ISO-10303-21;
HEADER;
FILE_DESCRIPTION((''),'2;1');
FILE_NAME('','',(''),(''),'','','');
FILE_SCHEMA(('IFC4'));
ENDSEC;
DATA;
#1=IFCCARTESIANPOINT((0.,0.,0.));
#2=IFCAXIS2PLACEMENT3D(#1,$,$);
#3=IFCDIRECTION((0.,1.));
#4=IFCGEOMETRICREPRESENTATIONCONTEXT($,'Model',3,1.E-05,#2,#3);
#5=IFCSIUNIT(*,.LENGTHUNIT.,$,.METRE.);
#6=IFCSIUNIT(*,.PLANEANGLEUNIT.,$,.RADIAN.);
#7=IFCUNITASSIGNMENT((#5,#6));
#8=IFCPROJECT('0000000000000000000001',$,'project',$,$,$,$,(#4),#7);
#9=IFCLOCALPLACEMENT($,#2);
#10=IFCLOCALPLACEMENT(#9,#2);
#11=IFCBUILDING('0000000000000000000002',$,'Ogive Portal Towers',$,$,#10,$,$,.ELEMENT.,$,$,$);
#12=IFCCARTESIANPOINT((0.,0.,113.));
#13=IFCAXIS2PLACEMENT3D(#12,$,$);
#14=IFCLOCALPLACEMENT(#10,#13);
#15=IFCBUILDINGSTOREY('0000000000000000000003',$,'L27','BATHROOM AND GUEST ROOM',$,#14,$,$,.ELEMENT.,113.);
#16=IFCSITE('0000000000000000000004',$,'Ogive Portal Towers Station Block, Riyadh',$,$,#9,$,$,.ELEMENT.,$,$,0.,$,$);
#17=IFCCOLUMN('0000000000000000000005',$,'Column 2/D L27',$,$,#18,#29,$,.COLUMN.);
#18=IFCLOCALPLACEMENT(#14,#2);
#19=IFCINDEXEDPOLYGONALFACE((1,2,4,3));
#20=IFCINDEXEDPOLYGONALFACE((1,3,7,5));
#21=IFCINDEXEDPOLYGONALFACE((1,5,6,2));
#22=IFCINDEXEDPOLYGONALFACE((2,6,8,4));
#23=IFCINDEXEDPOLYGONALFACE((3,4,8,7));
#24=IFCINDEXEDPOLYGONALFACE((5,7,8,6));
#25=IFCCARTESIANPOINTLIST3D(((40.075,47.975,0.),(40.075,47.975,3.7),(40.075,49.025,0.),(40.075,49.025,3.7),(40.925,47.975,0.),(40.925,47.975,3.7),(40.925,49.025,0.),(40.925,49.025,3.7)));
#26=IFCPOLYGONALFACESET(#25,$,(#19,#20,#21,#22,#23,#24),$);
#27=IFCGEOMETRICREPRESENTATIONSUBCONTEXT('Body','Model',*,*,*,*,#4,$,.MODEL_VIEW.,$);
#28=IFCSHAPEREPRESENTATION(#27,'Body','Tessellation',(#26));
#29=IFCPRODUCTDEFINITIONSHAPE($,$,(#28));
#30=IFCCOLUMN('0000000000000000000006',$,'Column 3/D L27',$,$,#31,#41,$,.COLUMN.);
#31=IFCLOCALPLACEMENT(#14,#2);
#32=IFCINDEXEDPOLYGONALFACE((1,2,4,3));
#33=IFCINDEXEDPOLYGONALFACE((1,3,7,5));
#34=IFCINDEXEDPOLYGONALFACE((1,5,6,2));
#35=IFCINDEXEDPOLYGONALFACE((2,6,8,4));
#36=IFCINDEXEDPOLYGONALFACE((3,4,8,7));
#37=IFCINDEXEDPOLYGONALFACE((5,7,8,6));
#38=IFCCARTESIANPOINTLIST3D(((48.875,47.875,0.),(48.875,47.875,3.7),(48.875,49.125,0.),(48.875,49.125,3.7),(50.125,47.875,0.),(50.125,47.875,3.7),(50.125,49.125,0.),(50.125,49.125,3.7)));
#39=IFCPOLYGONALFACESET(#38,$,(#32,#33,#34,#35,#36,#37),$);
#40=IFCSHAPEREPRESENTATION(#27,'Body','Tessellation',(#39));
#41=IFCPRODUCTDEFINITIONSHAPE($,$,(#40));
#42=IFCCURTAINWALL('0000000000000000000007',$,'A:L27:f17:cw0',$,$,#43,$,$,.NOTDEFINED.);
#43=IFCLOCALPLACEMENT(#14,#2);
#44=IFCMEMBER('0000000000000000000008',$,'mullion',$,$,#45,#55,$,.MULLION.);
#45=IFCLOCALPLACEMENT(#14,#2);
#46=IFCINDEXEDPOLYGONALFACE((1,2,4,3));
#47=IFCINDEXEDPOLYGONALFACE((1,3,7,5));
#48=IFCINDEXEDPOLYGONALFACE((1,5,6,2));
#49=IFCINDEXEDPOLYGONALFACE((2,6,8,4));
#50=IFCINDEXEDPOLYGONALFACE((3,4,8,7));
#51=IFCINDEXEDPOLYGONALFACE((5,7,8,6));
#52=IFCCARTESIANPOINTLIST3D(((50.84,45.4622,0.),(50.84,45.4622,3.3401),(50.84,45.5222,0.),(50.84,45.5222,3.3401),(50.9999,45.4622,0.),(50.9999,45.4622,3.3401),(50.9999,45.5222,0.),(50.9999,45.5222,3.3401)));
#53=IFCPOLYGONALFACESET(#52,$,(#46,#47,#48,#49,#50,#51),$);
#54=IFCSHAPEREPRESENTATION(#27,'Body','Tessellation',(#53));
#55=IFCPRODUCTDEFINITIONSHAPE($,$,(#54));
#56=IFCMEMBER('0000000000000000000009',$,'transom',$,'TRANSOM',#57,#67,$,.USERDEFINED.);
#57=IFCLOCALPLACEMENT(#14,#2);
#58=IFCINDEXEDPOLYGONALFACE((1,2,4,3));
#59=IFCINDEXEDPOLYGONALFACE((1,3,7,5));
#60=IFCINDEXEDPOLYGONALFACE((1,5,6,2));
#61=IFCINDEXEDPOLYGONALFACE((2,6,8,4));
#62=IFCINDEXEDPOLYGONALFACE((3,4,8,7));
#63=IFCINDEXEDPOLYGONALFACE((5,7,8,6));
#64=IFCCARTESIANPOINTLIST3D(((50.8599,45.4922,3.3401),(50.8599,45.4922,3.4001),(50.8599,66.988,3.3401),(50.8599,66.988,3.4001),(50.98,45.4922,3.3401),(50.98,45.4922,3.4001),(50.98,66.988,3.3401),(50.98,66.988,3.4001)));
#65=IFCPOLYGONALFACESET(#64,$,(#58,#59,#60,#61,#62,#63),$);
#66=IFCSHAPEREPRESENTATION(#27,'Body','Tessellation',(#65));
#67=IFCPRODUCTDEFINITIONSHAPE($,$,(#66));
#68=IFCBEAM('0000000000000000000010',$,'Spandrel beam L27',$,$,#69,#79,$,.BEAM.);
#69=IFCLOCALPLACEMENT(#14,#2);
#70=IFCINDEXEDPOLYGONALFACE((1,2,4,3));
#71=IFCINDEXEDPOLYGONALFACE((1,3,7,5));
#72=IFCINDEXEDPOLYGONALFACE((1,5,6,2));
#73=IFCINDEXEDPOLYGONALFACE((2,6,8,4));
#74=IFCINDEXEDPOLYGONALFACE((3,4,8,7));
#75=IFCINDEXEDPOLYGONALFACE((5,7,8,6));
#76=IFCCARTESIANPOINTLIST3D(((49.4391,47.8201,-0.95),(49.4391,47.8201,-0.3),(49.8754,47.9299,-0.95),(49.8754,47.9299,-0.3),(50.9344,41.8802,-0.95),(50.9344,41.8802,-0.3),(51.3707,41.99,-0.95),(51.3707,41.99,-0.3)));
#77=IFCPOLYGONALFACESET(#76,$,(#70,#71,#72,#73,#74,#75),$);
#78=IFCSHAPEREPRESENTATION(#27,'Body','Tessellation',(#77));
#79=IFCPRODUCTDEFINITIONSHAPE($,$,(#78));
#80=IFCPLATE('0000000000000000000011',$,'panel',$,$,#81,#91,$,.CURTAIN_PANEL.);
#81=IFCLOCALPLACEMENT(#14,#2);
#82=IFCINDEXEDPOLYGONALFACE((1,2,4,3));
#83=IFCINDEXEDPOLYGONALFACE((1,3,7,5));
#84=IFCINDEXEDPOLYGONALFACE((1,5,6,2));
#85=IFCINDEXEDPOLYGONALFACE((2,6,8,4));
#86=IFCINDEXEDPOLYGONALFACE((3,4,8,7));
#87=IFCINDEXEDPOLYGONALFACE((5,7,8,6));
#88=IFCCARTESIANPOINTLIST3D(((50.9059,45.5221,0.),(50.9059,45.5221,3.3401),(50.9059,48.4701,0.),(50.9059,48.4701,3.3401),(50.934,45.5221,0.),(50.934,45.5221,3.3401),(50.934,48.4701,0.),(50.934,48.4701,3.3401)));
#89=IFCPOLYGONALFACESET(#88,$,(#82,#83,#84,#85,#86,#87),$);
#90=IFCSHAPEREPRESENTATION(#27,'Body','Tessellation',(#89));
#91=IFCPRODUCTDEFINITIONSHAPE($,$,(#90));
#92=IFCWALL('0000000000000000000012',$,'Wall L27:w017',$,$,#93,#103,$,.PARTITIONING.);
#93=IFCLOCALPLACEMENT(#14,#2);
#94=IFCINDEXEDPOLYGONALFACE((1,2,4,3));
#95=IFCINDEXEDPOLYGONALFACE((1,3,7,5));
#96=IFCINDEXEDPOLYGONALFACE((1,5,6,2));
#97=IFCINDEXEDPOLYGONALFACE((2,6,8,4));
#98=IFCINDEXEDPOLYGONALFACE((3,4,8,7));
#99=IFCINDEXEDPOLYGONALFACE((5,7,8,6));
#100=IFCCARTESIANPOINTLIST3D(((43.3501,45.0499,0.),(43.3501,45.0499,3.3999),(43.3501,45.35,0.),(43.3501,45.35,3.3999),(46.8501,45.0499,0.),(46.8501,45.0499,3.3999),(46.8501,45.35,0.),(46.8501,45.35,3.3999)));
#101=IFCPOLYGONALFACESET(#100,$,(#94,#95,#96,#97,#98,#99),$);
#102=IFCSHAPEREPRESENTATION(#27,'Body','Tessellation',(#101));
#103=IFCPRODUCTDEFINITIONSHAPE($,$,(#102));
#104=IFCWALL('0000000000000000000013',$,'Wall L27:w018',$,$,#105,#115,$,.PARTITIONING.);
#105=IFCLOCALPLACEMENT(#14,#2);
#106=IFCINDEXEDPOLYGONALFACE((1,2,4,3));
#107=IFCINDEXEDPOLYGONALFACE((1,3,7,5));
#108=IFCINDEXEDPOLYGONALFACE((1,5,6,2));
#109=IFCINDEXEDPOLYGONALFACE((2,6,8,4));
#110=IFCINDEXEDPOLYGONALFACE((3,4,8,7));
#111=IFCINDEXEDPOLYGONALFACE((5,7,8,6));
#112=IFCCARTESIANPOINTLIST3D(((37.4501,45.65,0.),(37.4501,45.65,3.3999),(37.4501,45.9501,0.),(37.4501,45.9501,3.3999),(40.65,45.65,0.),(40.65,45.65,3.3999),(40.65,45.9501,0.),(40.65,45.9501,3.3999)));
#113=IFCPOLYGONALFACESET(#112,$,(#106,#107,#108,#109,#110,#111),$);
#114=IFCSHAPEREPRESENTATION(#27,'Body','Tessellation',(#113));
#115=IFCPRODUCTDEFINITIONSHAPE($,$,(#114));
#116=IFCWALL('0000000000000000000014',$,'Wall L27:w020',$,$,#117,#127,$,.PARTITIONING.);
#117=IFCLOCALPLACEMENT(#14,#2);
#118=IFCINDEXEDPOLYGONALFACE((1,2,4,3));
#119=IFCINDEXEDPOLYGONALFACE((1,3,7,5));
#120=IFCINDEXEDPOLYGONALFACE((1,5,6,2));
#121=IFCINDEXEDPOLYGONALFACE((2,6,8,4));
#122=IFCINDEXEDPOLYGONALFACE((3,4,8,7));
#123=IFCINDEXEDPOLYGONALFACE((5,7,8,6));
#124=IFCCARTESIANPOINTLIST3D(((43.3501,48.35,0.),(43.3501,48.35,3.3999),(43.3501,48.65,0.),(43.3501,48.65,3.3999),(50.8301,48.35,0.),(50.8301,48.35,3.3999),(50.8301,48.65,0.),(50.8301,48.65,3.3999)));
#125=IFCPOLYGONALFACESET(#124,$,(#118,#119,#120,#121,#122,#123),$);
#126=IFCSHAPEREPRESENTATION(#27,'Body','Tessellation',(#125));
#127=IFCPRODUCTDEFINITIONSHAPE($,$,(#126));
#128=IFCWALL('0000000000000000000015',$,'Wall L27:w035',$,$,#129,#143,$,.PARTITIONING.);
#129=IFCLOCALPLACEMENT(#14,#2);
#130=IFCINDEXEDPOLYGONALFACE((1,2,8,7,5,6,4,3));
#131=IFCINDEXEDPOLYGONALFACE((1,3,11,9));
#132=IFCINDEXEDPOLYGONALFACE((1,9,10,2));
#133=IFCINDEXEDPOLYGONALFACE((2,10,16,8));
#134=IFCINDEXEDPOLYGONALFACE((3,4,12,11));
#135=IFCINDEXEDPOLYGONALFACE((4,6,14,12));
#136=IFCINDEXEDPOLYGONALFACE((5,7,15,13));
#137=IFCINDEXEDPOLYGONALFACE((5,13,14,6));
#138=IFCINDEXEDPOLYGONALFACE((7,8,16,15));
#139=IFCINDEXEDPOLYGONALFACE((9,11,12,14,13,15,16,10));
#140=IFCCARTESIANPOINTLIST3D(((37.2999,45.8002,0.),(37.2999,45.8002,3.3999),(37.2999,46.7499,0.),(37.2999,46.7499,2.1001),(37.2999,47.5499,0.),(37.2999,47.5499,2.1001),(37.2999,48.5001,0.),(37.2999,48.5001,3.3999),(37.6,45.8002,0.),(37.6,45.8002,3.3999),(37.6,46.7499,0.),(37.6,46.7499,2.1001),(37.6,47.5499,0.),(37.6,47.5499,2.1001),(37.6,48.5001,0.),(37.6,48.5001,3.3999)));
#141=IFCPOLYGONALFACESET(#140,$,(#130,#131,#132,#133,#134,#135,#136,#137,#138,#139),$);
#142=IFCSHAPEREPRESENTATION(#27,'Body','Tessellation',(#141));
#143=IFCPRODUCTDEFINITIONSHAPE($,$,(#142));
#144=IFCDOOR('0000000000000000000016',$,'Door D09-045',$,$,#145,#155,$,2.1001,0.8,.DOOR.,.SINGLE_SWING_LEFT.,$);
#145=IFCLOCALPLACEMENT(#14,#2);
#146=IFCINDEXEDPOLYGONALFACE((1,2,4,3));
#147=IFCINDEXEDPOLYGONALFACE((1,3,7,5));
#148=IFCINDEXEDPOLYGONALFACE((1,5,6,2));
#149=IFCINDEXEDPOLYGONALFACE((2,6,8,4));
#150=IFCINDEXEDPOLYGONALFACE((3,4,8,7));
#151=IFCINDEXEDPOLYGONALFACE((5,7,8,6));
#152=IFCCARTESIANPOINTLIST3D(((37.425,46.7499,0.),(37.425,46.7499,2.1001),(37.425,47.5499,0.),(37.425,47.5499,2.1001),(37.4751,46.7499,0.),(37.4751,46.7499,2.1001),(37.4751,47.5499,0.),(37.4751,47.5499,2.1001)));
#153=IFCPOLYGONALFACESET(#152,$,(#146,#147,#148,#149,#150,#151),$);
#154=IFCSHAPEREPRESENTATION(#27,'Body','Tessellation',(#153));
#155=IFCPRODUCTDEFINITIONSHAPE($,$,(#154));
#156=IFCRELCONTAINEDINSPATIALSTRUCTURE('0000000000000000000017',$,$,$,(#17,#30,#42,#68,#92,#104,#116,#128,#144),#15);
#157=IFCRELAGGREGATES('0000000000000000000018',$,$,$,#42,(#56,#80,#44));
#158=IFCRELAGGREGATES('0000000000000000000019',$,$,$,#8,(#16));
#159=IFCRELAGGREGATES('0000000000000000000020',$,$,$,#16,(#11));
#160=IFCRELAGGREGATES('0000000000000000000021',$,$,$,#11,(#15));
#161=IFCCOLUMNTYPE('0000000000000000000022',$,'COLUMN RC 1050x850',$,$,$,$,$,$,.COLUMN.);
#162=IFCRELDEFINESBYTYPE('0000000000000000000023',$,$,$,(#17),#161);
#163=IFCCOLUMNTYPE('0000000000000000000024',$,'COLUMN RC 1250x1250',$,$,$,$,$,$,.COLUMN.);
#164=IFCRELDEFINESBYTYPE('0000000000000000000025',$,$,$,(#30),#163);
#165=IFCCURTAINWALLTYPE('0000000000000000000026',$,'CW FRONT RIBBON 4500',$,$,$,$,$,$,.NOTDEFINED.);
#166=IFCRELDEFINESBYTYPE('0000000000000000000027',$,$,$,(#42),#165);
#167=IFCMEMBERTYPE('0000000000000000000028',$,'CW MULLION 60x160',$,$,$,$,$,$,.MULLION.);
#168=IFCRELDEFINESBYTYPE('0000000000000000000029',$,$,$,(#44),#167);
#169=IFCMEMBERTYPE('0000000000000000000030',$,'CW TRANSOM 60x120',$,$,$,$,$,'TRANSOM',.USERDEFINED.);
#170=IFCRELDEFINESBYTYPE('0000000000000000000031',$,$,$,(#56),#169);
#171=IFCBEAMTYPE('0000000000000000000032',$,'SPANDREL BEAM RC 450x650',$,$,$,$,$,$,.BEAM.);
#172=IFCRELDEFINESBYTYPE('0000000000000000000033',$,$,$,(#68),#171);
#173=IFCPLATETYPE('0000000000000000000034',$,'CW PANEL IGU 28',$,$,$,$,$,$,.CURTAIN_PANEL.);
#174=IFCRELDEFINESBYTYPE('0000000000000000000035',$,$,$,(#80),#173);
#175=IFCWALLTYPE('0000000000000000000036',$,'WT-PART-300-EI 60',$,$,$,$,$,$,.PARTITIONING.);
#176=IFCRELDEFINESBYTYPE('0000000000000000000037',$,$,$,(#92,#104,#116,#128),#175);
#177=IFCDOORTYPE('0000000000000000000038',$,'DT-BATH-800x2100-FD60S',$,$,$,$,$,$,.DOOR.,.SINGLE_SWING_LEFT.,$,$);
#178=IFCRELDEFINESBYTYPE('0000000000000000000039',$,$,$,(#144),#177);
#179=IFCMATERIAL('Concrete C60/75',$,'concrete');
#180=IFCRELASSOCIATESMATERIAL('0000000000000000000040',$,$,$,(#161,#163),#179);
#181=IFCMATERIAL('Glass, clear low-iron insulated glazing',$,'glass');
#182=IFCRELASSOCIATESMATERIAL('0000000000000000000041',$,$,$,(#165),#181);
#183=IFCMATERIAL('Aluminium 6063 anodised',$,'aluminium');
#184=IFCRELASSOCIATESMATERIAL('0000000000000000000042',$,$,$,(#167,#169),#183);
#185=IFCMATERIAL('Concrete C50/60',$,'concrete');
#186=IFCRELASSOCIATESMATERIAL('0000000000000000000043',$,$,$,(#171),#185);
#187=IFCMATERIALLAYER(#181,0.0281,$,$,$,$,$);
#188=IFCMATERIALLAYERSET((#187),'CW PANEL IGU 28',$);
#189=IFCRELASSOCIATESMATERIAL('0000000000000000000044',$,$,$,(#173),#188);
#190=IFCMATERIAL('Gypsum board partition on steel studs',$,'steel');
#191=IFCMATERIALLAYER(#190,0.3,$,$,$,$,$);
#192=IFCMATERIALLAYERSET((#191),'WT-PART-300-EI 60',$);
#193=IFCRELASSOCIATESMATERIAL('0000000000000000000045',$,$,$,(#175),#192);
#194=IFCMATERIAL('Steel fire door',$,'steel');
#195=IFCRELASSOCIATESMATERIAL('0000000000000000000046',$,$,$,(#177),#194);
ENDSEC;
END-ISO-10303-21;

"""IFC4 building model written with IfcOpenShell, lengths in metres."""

from ifc_helpers import new_model, si_unit, direction, frame, frame_2d, origin, origin_2d, place, context, subcontext, project, spatial, rectangle, extrude, material, layer, layer_set, material_profile, profile_set, type_object, element, fill, aggregate, save


model = new_model("IFC4")

# Units and contexts
model_context = context("Model", 3, precision=1e-05, world=origin(), true_north=direction((0.0, 1.0)))
body_context = subcontext(model_context, "Body", "Model", "MODEL_VIEW")
ifc_project = project(units=[si_unit("LENGTHUNIT", "METRE"), si_unit("PLANEANGLEUNIT", "RADIAN")], contexts=[model_context])

# Site, building, storey
site_placement = place(None, origin())
site = spatial("IfcSite", under=ifc_project, at=site_placement, Name="Ogive Portal Towers Station Block, Riyadh", CompositionType="ELEMENT", RefElevation=0.0)
building_placement = place(site_placement, origin())
building = spatial("IfcBuilding", under=site, at=building_placement, Name="Ogive Portal Towers", CompositionType="ELEMENT")
storey_placement = place(building_placement, frame((0.0, 0.0, 113.0)))
storey = spatial("IfcBuildingStorey", under=building, at=storey_placement, Name="L27", Description="BATHROOM AND GUEST ROOM", CompositionType="ELEMENT", Elevation=113.0)

# Columns
ifc_material_1 = material(Name="Concrete C60/75", Category="concrete")
ifc_material_profile_1 = material_profile(ifc_material_1, rectangle(XDim=1.05, YDim=0.8501, at=origin_2d()), Name="RC 1050x850")
ifc_profile_set_1 = profile_set([ifc_material_profile_1], Name="Concrete C60/75")
column_type_1 = type_object("IfcColumnType", Name="COLUMN RC 1050x850", PredefinedType="COLUMN", material=ifc_profile_set_1)
column_1_placement = place(storey_placement, frame((40.5, 48.5, 0.0), z_axis=(0.0, 0.0, 1.0), x_axis=(0.0, 1.0, 0.0)))
element("IfcColumn", 1, at=column_1_placement, inside=storey, type_object=column_type_1, Name="Column 2/D L27", PredefinedType="COLUMN", context=body_context, shape_type="SweptSolid", body=[
    extrude(rectangle(XDim=1.05, YDim=0.8501, at=origin_2d()), origin(), (0.0, 0.0, 1.0), 3.7),
])
ifc_material_profile_2 = material_profile(ifc_material_1, rectangle(XDim=1.25, YDim=1.25, at=origin_2d()), Name="RC 1250x1250")
ifc_profile_set_2 = profile_set([ifc_material_profile_2], Name="Concrete C60/75")
column_type_2 = type_object("IfcColumnType", Name="COLUMN RC 1250x1250", PredefinedType="COLUMN", material=ifc_profile_set_2)
column_2_placement = place(storey_placement, frame((49.5, 48.5, 0.0), z_axis=(0.0, 0.0, 1.0), x_axis=(1.0, 0.0, 0.0)))
element("IfcColumn", 2, at=column_2_placement, inside=storey, type_object=column_type_2, Name="Column 3/D L27", PredefinedType="COLUMN", context=body_context, shape_type="SweptSolid", body=[
    extrude(rectangle(XDim=1.25, YDim=1.25, at=origin_2d()), origin(), (0.0, 0.0, 1.0), 3.7),
])

# Curtain wall, members
ifc_material_2 = material(Name="Glass, clear low-iron insulated glazing", Category="glass")
curtain_wall_type = type_object("IfcCurtainWallType", Name="CW FRONT RIBBON 4500", PredefinedType="NOTDEFINED", material=ifc_material_2)
curtain_wall_placement = place(storey_placement, origin())
curtain_wall = element("IfcCurtainWall", 3, at=curtain_wall_placement, inside=storey, type_object=curtain_wall_type, Name="A:L27:f17:cw0", PredefinedType="NOTDEFINED")
ifc_material_3 = material(Name="Aluminium 6063 anodised", Category="aluminium")
ifc_material_profile_3 = material_profile(ifc_material_3, rectangle(XDim=0.1599, YDim=0.0601, at=origin_2d()), Name="AL 60x160")
ifc_profile_set_3 = profile_set([ifc_material_profile_3], Name="Aluminium 6063 anodised")
member_type_1 = type_object("IfcMemberType", Name="CW MULLION 60x160", PredefinedType="MULLION", material=ifc_profile_set_3)
member_1_placement = place(storey_placement, frame((50.9199, 45.4922, 0.0), z_axis=(0.0, 0.0, 1.0), x_axis=(-1.0, 0.0, 0.0)))
member_1 = element("IfcMember", 4, at=member_1_placement, type_object=member_type_1, Name="mullion", PredefinedType="MULLION", context=body_context, shape_type="SweptSolid", body=[
    extrude(rectangle(XDim=0.1599, YDim=0.0601, at=origin_2d()), origin(), (0.0, 0.0, 1.0), 3.3401),
])
ifc_material_profile_4 = material_profile(ifc_material_3, rectangle(XDim=0.1201, YDim=0.0601, at=origin_2d()), Name="AL 120x60")
ifc_profile_set_4 = profile_set([ifc_material_profile_4], Name="Aluminium 6063 anodised")
member_type_2 = type_object("IfcMemberType", Name="CW TRANSOM 60x120", ElementType="TRANSOM", PredefinedType="USERDEFINED", material=ifc_profile_set_4)
member_2_placement = place(storey_placement, frame((50.9199, 45.4922, 3.3701), z_axis=(0.0, 1.0, 0.0), x_axis=(-1.0, 0.0, 0.0)))
member_2 = element("IfcMember", 5, at=member_2_placement, type_object=member_type_2, Name="transom", ObjectType="TRANSOM", PredefinedType="USERDEFINED", context=body_context, shape_type="SweptSolid", body=[
    extrude(rectangle(XDim=0.1201, YDim=0.0601, at=origin_2d()), origin(), (0.0, 0.0, 1.0), 21.4958),
])

# Beam
ifc_material_4 = material(Name="Concrete C50/60", Category="concrete")
ifc_material_profile_5 = material_profile(ifc_material_4, rectangle(XDim=0.45, YDim=0.6499, at=origin_2d()), Name="RC 450x650")
ifc_profile_set_5 = profile_set([ifc_material_profile_5], Name="Concrete C50/60")
beam_type = type_object("IfcBeamType", Name="SPANDREL BEAM RC 450x650", PredefinedType="BEAM", material=ifc_profile_set_5)
beam_placement = place(storey_placement, frame((49.6572, 47.875, -0.625), z_axis=(0.24413, -0.969743, 0.0), x_axis=(0.969743, 0.24413, 0.0)))
element("IfcBeam", 6, at=beam_placement, inside=storey, type_object=beam_type, Name="Spandrel beam L27", PredefinedType="BEAM", context=body_context, shape_type="SweptSolid", body=[
    extrude(rectangle(XDim=0.45, YDim=0.6499, at=origin_2d()), origin(), (0.0, 0.0, 1.0), 6.1252),
])

# Plate
ifc_layer_1 = layer(ifc_material_2, 0.0281)
ifc_layer_set_1 = layer_set([ifc_layer_1], Name="CW PANEL IGU 28")
plate_type = type_object("IfcPlateType", Name="CW PANEL IGU 28", PredefinedType="CURTAIN_PANEL", material=ifc_layer_set_1)
plate_placement = place(storey_placement, frame((50.9199, 46.9961, 0.0), z_axis=(0.0, 0.0, 1.0), x_axis=(0.0, 1.0, 0.0)))
plate = element("IfcPlate", 7, at=plate_placement, type_object=plate_type, Name="panel", PredefinedType="CURTAIN_PANEL", context=body_context, shape_type="SweptSolid", body=[
    extrude(rectangle(XDim=2.948, YDim=0.0281, at=origin_2d()), origin(), (0.0, 0.0, 1.0), 3.3401),
])
aggregate(curtain_wall, [member_2, plate, member_1])

# Walls
ifc_material_5 = material(Name="Gypsum board partition on steel studs", Category="steel")
ifc_layer_2 = layer(ifc_material_5, 0.3)
ifc_layer_set_2 = layer_set([ifc_layer_2], Name="WT-PART-300-EI 60")
wall_type_1 = type_object("IfcWallType", Name="WT-PART-300-EI 60", PredefinedType="PARTITIONING", material=ifc_layer_set_2)
wall_1_placement = place(storey_placement, frame((43.3501, 45.2, 0.0), z_axis=(0.0, 0.0, 1.0), x_axis=(1.0, 0.0, 0.0)))
element("IfcWall", 8, at=wall_1_placement, inside=storey, type_object=wall_type_1, Name="Wall L27:w017", PredefinedType="PARTITIONING", context=body_context, shape_type="SweptSolid", body=[
    extrude(rectangle(XDim=3.5, YDim=0.3, at=frame_2d((1.75, 0.0))), origin(), (0.0, 0.0, 1.0), 3.3999),
])
wall_2_placement = place(storey_placement, frame((37.45, 45.8, 0.0), z_axis=(0.0, 0.0, 1.0), x_axis=(1.0, 0.0, 0.0)))
element("IfcWall", 9, at=wall_2_placement, inside=storey, type_object=wall_type_1, Name="Wall L27:w018", PredefinedType="PARTITIONING", context=body_context, shape_type="SweptSolid", body=[
    extrude(rectangle(XDim=3.2, YDim=0.3, at=frame_2d((1.6001, 0.0))), origin(), (0.0, 0.0, 1.0), 3.3999),
])
wall_3_placement = place(storey_placement, frame((43.3501, 48.5, 0.0), z_axis=(0.0, 0.0, 1.0), x_axis=(1.0, 0.0, 0.0)))
element("IfcWall", 10, at=wall_3_placement, inside=storey, type_object=wall_type_1, Name="Wall L27:w020", PredefinedType="PARTITIONING", context=body_context, shape_type="SweptSolid", body=[
    extrude(rectangle(XDim=7.48, YDim=0.3, at=frame_2d((3.74, 0.0))), origin(), (0.0, 0.0, 1.0), 3.3999),
])

# Wall, opening, door
wall_4_placement = place(storey_placement, frame((37.45, 45.8, 0.0), z_axis=(0.0, 0.0, 1.0), x_axis=(0.0, 1.0, 0.0)))
wall_4 = element("IfcWall", 11, at=wall_4_placement, inside=storey, type_object=wall_type_1, Name="Wall L27:w035", PredefinedType="PARTITIONING", context=body_context, shape_type="SweptSolid", body=[
    extrude(rectangle(XDim=2.7, YDim=0.3, at=frame_2d((1.3501, 0.0))), origin(), (0.0, 0.0, 1.0), 3.3999),
])
opening_1_placement = place(wall_4_placement, frame((0.95, 0.0, 0.0)))
opening_1 = element("IfcOpeningElement", 12, at=opening_1_placement, cuts=wall_4, PredefinedType="OPENING", context=body_context, shape_type="SweptSolid", body=[
    extrude(rectangle(XDim=0.8, YDim=2.1001, at=frame_2d((0.3999, 1.05))), frame((0.0, 0.1602, 0.0), z_axis=(0.0, -1.0, 0.0), x_axis=(1.0, 0.0, 0.0)), (0.0, 0.0, 1.0), 0.3201),
])
ifc_material_6 = material(Name="Steel fire door", Category="steel")
door_type_1 = type_object("IfcDoorType", Name="DT-BATH-800x2100-FD60S", OperationType="SINGLE_SWING_LEFT", PredefinedType="DOOR", material=ifc_material_6)
door_1_placement = place(opening_1_placement, origin())
door_1 = element("IfcDoor", 13, at=door_1_placement, inside=storey, type_object=door_type_1, Name="Door D09-045", OperationType="SINGLE_SWING_LEFT", OverallHeight=2.1001, OverallWidth=0.8, PredefinedType="DOOR", context=body_context, shape_type="SweptSolid", body=[
    extrude(rectangle(XDim=0.8, YDim=2.1001, at=frame_2d((0.3999, 1.05))), frame((0.0, 0.0249, 0.0), z_axis=(0.0, -1.0, 0.0), x_axis=(1.0, 0.0, 0.0)), (0.0, 0.0, 1.0), 0.05),
])
fill(opening_1, door_1)

save(model, "model.ifc")
